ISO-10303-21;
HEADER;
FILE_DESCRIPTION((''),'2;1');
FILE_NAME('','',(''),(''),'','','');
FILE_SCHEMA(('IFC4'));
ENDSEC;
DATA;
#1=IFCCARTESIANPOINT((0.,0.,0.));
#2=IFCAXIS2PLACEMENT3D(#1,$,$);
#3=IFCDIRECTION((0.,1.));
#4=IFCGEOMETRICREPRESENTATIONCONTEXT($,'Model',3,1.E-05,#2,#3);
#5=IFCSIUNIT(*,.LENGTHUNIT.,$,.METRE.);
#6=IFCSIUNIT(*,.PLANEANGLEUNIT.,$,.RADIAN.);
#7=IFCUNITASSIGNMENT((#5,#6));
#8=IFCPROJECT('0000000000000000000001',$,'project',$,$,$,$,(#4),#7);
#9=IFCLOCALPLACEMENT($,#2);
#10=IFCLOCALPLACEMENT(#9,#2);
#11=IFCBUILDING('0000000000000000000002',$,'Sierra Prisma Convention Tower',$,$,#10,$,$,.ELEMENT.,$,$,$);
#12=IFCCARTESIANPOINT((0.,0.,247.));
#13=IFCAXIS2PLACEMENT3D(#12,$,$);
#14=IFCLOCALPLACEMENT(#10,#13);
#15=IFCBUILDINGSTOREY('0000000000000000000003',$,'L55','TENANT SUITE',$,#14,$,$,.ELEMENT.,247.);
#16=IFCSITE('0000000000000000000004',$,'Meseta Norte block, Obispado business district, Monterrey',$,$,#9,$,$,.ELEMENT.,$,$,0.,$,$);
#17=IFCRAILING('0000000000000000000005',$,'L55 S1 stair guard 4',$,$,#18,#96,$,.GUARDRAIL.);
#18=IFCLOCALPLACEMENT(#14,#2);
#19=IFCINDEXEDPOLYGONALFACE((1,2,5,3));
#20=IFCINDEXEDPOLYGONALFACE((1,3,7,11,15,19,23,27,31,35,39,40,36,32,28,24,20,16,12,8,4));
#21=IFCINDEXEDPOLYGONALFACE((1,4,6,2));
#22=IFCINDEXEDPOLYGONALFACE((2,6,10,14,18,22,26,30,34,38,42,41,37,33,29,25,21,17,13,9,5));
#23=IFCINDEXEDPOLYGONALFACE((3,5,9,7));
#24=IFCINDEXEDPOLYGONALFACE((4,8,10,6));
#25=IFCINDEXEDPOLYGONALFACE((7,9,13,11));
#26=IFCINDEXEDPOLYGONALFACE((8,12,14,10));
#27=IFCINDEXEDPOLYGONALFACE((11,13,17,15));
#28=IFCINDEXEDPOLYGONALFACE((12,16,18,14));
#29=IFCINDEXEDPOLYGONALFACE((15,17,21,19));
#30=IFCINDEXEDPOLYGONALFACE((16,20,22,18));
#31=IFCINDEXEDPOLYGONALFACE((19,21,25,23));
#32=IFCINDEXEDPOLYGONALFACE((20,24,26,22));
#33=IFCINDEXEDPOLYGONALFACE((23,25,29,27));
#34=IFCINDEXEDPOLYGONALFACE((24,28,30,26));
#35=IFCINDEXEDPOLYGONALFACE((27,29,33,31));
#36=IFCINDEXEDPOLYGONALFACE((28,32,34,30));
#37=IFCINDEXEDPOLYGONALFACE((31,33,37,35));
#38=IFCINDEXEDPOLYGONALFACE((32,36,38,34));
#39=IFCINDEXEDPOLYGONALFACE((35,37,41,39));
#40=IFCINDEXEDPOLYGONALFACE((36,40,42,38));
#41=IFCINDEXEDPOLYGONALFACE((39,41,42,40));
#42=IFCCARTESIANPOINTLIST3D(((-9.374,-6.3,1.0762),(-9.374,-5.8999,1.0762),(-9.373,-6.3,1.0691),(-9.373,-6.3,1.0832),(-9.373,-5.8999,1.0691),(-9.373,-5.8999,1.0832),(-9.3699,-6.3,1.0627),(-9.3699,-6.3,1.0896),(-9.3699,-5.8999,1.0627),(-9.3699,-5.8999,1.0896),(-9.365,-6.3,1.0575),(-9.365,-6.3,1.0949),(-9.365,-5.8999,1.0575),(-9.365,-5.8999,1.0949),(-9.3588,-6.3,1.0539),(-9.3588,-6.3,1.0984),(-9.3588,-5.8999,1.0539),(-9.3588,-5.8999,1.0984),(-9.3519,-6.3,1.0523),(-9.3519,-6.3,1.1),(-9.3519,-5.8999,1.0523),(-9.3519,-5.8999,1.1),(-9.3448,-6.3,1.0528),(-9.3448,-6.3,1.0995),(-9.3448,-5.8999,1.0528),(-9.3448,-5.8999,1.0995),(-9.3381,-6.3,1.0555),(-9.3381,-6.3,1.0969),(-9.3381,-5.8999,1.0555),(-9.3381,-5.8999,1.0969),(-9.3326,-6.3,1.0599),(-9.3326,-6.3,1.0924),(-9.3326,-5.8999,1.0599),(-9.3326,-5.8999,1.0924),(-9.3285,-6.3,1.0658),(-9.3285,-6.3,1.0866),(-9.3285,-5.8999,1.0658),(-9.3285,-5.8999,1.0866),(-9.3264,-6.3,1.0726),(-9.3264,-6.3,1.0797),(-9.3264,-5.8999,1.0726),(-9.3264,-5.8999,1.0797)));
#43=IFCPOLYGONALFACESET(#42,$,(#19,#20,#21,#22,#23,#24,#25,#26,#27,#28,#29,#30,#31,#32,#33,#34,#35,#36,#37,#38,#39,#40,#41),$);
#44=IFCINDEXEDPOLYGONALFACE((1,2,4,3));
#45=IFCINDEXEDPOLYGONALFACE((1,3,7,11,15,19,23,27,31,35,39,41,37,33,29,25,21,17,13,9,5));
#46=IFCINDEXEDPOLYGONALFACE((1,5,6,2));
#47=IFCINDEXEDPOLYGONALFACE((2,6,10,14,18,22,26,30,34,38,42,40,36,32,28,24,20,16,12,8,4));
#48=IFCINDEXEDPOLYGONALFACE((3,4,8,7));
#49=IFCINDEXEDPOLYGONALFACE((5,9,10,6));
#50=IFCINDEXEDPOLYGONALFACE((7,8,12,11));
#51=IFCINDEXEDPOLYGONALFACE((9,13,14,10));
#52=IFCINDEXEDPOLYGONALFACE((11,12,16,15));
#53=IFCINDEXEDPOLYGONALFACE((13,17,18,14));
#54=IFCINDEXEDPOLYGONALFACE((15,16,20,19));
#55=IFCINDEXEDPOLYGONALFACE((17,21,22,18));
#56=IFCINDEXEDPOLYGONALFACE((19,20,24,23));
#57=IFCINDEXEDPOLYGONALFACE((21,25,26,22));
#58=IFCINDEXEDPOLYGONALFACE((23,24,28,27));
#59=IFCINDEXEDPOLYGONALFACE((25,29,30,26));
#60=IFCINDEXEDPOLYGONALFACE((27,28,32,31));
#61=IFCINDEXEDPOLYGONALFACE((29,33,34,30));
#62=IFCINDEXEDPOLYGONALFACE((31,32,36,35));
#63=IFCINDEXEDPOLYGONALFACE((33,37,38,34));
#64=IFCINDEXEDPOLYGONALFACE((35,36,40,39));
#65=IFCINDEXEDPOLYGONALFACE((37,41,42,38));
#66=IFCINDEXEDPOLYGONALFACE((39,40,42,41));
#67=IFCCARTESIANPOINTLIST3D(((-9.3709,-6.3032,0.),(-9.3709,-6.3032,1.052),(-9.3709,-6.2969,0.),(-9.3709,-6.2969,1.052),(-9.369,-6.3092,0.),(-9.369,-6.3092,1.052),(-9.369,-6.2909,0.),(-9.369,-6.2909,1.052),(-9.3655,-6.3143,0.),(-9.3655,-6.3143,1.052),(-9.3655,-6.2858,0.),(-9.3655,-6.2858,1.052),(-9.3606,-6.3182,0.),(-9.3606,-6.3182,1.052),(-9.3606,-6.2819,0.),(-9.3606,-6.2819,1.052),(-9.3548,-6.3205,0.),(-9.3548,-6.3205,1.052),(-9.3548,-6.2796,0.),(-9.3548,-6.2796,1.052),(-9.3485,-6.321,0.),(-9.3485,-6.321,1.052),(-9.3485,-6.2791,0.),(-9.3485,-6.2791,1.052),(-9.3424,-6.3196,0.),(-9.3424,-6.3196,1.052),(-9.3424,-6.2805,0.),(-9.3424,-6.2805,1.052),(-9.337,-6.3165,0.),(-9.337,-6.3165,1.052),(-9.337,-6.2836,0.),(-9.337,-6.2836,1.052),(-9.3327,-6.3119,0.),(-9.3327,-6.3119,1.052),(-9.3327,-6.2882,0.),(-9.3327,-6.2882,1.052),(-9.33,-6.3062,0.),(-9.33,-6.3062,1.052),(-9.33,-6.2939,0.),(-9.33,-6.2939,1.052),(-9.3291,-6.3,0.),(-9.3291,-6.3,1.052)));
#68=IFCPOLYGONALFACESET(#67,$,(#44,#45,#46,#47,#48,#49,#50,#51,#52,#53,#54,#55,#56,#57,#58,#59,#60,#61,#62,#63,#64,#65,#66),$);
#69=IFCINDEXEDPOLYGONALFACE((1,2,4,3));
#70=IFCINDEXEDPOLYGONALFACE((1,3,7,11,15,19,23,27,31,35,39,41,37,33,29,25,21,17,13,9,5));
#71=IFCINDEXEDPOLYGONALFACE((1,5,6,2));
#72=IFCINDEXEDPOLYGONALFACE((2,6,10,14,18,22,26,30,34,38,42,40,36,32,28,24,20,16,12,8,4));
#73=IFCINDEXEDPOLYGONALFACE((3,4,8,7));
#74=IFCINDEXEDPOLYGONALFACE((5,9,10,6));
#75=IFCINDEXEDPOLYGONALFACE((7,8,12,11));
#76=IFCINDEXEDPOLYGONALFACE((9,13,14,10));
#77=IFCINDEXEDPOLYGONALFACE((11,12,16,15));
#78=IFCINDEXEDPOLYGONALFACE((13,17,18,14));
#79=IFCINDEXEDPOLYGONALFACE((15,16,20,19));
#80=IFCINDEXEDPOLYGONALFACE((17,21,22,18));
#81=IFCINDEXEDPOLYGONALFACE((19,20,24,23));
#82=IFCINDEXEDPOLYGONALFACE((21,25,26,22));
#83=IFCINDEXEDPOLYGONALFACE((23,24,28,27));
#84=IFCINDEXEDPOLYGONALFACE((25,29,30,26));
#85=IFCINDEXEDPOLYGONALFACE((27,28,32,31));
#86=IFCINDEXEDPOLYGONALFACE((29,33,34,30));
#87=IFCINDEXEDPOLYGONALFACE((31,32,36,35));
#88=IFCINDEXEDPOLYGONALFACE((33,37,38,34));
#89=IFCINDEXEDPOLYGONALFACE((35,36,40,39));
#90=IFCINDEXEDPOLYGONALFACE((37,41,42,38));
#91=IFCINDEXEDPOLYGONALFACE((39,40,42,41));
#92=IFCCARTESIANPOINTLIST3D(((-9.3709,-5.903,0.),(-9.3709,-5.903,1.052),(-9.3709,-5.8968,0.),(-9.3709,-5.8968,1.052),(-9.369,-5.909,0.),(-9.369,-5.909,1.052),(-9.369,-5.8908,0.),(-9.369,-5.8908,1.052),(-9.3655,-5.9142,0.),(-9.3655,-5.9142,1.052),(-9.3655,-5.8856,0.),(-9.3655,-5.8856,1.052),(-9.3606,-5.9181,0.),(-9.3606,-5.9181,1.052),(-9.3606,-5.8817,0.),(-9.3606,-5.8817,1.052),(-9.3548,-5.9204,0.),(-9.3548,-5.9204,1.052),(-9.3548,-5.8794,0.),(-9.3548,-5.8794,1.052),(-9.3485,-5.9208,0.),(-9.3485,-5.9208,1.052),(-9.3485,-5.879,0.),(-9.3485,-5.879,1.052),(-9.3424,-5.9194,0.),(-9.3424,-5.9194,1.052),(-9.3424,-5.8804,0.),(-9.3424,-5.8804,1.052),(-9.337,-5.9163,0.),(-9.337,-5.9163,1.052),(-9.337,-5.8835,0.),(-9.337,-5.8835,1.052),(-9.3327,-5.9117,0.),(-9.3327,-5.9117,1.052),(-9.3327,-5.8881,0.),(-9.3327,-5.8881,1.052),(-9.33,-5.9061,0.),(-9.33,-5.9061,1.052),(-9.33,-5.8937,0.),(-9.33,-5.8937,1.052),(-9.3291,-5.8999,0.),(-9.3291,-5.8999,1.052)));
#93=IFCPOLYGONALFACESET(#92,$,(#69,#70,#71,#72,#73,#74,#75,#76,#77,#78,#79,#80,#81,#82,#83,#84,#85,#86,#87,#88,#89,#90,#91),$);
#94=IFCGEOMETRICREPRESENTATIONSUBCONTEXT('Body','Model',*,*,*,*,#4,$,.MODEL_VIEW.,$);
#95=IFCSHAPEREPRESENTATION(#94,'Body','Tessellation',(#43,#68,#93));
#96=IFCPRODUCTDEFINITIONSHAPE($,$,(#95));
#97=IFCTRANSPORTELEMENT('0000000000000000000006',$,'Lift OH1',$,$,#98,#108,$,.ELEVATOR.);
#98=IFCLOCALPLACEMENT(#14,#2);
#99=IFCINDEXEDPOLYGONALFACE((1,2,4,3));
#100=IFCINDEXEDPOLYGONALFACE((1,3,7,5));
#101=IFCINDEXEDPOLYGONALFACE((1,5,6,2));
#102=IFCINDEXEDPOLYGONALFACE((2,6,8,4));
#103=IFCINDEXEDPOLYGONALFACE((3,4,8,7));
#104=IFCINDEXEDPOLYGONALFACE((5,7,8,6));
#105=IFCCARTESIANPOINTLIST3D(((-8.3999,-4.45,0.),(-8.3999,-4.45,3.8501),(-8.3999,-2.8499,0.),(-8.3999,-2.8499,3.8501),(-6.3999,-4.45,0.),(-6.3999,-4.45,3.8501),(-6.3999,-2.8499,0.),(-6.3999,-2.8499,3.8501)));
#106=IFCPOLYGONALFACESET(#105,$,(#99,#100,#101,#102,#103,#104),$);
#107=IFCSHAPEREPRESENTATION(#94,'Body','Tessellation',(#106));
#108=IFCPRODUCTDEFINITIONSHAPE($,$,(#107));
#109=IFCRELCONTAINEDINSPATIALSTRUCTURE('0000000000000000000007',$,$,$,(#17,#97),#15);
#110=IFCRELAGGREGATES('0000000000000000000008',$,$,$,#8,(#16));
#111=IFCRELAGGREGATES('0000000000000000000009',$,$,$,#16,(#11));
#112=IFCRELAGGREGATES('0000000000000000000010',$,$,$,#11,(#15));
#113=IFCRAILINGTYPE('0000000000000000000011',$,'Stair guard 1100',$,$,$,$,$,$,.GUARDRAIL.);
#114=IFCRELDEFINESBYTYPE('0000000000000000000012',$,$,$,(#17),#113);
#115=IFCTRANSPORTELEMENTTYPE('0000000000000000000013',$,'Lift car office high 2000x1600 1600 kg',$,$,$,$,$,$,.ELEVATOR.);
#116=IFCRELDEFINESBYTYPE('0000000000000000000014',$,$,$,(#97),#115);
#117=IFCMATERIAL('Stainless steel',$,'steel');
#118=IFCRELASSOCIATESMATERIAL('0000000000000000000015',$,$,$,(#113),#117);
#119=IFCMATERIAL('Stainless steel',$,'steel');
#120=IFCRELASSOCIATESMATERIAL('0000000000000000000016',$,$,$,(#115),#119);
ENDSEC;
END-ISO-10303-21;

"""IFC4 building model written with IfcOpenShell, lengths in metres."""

from ifc_helpers import new_model, si_unit, direction, frame, origin, origin_2d, place, context, subcontext, project, spatial, rectangle, circle, extrude, material, type_object, element, save


model = new_model("IFC4")

# Units and contexts
model_context = context("Model", 3, precision=1e-05, world=origin(), true_north=direction((0.0, 1.0)))
body_context = subcontext(model_context, "Body", "Model", "MODEL_VIEW")
ifc_project = project(units=[si_unit("LENGTHUNIT", "METRE"), si_unit("PLANEANGLEUNIT", "RADIAN")], contexts=[model_context])

# Site, building, storey
site_placement = place(None, origin())
site = spatial("IfcSite", under=ifc_project, at=site_placement, Name="Meseta Norte block, Obispado business district, Monterrey", CompositionType="ELEMENT", RefElevation=0.0)
building_placement = place(site_placement, origin())
building = spatial("IfcBuilding", under=site, at=building_placement, Name="Sierra Prisma Convention Tower", CompositionType="ELEMENT")
storey_placement = place(building_placement, frame((0.0, 0.0, 247.0)))
storey = spatial("IfcBuildingStorey", under=building, at=storey_placement, Name="L55", Description="TENANT SUITE", CompositionType="ELEMENT", Elevation=247.0)

# Railing
ifc_material_1 = material(Name="Stainless steel", Category="steel")
railing_type_1 = type_object("IfcRailingType", Name="Stair guard 1100", PredefinedType="GUARDRAIL", material=ifc_material_1)
railing_1_placement = place(storey_placement, frame((-9.3501, -6.3, 0.0)))
element("IfcRailing", 1, at=railing_1_placement, inside=storey, type_object=railing_type_1, Name="L55 S1 stair guard 4", PredefinedType="GUARDRAIL", context=body_context, shape_type="SweptSolid", body=[
    extrude(circle(Radius=0.0239, at=origin_2d()), frame((0.0, 0.0, 1.0762), z_axis=(0.0, 1.0, 0.0), x_axis=(-1.0, 0.0, 0.0)), (0.0, 0.0, 1.0), 0.4001),
    extrude(circle(Radius=0.021, at=origin_2d()), origin(), (0.0, 0.0, 1.0), 1.052),
    extrude(circle(Radius=0.021, at=origin_2d()), frame((0.0, 0.4001, 0.0)), (0.0, 0.0, 1.0), 1.052),
])

# Transport element
ifc_material_2 = material(Name="Stainless steel", Category="steel")
transport_element_type = type_object("IfcTransportElementType", Name="Lift car office high 2000x1600 1600 kg", PredefinedType="ELEVATOR", material=ifc_material_2)
transport_element_placement = place(storey_placement, frame((-7.3999, -3.6499, 0.0), z_axis=(0.0, 0.0, 1.0), x_axis=(1.0, 0.0, 0.0)))
element("IfcTransportElement", 2, at=transport_element_placement, inside=storey, type_object=transport_element_type, Name="Lift OH1", PredefinedType="ELEVATOR", context=body_context, shape_type="SweptSolid", body=[
    extrude(rectangle(XDim=2.0, YDim=1.6001, at=origin_2d()), origin(), (0.0, 0.0, 1.0), 3.8501),
])

save(model, "model.ifc")
